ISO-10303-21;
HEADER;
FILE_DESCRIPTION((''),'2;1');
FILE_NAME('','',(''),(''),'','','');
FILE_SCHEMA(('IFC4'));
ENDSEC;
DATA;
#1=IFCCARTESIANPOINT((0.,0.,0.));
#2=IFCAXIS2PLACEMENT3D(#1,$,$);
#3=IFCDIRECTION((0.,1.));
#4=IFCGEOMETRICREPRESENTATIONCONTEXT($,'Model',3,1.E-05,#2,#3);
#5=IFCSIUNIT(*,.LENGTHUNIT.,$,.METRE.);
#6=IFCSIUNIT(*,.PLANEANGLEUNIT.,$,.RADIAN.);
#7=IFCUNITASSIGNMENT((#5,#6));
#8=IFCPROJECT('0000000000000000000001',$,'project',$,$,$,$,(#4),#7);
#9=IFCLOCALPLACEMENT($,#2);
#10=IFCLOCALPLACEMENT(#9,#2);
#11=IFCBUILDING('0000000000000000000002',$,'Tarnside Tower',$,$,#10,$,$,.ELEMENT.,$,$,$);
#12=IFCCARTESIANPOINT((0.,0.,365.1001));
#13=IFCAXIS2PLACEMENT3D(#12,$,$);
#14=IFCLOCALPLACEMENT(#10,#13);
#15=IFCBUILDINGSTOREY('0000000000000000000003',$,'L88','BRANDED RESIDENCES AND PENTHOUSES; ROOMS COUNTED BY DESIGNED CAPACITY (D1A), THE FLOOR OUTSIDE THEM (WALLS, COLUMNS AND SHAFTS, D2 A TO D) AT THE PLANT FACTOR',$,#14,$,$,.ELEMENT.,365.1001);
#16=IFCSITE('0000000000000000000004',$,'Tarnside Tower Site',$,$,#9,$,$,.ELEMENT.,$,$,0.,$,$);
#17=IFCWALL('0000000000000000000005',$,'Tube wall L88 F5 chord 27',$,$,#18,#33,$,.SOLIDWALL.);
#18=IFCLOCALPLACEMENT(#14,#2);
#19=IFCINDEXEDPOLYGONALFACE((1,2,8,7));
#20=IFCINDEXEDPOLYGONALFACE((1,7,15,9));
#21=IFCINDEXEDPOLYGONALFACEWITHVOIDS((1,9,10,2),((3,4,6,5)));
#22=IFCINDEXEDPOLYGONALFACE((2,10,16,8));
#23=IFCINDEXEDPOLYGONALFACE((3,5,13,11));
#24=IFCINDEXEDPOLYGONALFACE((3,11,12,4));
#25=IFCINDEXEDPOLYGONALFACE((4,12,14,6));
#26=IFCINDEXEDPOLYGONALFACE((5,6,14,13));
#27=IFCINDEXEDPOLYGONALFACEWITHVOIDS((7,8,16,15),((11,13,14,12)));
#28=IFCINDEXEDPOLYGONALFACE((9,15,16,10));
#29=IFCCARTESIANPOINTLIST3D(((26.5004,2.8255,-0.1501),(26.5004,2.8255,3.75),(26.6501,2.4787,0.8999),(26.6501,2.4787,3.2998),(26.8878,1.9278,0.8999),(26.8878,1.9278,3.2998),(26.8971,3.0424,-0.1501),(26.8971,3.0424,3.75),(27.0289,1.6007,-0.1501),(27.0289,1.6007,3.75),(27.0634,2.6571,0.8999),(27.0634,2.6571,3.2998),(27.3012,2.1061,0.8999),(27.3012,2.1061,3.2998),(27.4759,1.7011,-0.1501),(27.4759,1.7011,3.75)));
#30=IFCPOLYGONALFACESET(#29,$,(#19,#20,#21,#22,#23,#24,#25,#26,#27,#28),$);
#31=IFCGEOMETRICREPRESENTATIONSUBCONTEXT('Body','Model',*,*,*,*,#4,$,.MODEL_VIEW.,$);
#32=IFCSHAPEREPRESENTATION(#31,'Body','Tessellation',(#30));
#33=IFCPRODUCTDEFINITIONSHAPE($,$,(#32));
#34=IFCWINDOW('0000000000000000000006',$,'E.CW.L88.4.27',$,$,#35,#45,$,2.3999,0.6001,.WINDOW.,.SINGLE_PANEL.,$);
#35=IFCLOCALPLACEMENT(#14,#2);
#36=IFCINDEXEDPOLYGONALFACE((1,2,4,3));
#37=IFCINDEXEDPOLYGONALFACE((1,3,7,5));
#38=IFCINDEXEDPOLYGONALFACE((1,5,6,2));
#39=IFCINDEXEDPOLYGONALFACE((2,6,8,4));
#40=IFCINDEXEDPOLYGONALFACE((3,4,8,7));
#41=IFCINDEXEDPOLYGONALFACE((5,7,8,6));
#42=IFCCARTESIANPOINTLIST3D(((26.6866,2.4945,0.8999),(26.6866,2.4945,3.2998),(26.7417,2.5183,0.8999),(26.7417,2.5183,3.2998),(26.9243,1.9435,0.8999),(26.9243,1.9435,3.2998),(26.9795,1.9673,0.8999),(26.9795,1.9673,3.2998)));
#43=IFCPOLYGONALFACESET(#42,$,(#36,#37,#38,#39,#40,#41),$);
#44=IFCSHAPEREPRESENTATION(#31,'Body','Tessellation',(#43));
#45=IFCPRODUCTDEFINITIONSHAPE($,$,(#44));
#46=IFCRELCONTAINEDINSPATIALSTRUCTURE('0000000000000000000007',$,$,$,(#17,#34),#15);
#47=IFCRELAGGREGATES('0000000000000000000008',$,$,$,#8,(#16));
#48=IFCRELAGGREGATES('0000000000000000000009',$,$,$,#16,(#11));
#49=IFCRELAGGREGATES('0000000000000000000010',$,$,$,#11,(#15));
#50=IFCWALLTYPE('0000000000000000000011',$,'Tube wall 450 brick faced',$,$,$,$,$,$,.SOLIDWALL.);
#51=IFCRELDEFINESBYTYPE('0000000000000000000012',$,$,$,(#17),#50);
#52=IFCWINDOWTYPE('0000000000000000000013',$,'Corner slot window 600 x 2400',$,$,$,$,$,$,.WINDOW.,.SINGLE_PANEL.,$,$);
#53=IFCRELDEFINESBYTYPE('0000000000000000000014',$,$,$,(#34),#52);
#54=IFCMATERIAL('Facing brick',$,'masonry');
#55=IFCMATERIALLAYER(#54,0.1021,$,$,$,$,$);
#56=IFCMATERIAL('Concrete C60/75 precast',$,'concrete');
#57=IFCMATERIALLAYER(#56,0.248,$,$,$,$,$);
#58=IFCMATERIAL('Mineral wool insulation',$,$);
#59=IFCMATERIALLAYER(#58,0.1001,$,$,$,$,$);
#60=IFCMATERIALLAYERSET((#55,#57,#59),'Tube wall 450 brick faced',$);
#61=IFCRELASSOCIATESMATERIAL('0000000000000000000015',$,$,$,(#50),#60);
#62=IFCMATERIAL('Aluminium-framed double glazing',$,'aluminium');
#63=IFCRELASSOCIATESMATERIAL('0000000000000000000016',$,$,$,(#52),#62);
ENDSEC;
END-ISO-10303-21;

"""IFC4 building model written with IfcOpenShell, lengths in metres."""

from ifc_helpers import new_model, si_unit, direction, frame, frame_2d, origin, place, context, subcontext, project, spatial, polyline, rectangle, outline, extrude, material, layer, layer_set, type_object, element, fill, save


model = new_model("IFC4")

# Units and contexts
model_context = context("Model", 3, precision=1e-05, world=origin(), true_north=direction((0.0, 1.0)))
body_context = subcontext(model_context, "Body", "Model", "MODEL_VIEW")
ifc_project = project(units=[si_unit("LENGTHUNIT", "METRE"), si_unit("PLANEANGLEUNIT", "RADIAN")], contexts=[model_context])

# Site, building, storey
site_placement = place(None, origin())
site = spatial("IfcSite", under=ifc_project, at=site_placement, Name="Tarnside Tower Site", CompositionType="ELEMENT", RefElevation=0.0)
building_placement = place(site_placement, origin())
building = spatial("IfcBuilding", under=site, at=building_placement, Name="Tarnside Tower", CompositionType="ELEMENT")
storey_placement = place(building_placement, frame((0.0, 0.0, 365.1001)))
storey = spatial("IfcBuildingStorey", under=building, at=storey_placement, Name="L88", Description="BRANDED RESIDENCES AND PENTHOUSES; ROOMS COUNTED BY DESIGNED CAPACITY (D1A), THE FLOOR OUTSIDE THEM (WALLS, COLUMNS AND SHAFTS, D2 A TO D) AT THE PLANT FACTOR", CompositionType="ELEMENT", Elevation=365.1001)

# Shared definitions
ifc_material_1 = material(Name="Concrete C60/75 precast", Category="concrete")
ifc_material_2 = material(Name="Mineral wool insulation")

# Shared definitions
ifc_material_3 = material(Name="Aluminium-framed double glazing", Category="aluminium")

# Shared definitions
ifc_material_4 = material(Name="Facing brick", Category="masonry")
ifc_layer_1 = layer(ifc_material_4, 0.1021)
ifc_layer_2 = layer(ifc_material_1, 0.248)
ifc_layer_3 = layer(ifc_material_2, 0.1001)
ifc_layer_set_1 = layer_set([ifc_layer_1, ifc_layer_2, ifc_layer_3], Name="Tube wall 450 brick faced")
wall_type_1 = type_object("IfcWallType", Name="Tube wall 450 brick faced", PredefinedType="SOLIDWALL", material=ifc_layer_set_1)

# Wall, opening, window
wall_1_placement = place(storey_placement, frame((27.2524, 1.6509, -0.1501), z_axis=(0.0, 0.0, 1.0), x_axis=(-0.396195, 0.918166, 0.0)))
wall_1 = element("IfcWall", 1, at=wall_1_placement, inside=storey, type_object=wall_type_1, Name="Tube wall L88 F5 chord 27", PredefinedType="SOLIDWALL", context=body_context, shape_type="SweptSolid", body=[
    extrude(outline(polyline([(-0.0425, -0.2251), (1.4185, -0.2251), (1.3765, 0.2251), (0.0425, 0.2251), (-0.0425, -0.2251)])), origin(), (0.0, 0.0, 1.0), 3.9001),
])
opening_1_placement = place(wall_1_placement, frame((0.3987, 0.0, 1.05)))
opening_1 = element("IfcOpeningElement", 2, at=opening_1_placement, cuts=wall_1, PredefinedType="OPENING", context=body_context, shape_type="SweptSolid", body=[
    extrude(rectangle(XDim=0.6001, YDim=2.3999, at=frame_2d((0.3, 1.2))), frame((0.0, 0.2349, 0.0), z_axis=(0.0, -1.0, 0.0), x_axis=(1.0, 0.0, 0.0)), (0.0, 0.0, 1.0), 0.47),
])
window_type_1 = type_object("IfcWindowType", Name="Corner slot window 600 x 2400", PartitioningType="SINGLE_PANEL", PredefinedType="WINDOW", material=ifc_material_3)
window_1_placement = place(opening_1_placement, frame((0.0, 0.1553, 0.0)))
window_1 = element("IfcWindow", 3, at=window_1_placement, inside=storey, type_object=window_type_1, Name="E.CW.L88.4.27", OverallHeight=2.3999, OverallWidth=0.6001, PartitioningType="SINGLE_PANEL", PredefinedType="WINDOW", context=body_context, shape_type="SweptSolid", body=[
    extrude(rectangle(XDim=0.6001, YDim=2.3999, at=frame_2d((0.3, 1.2))), frame((0.0, 0.03, 0.0), z_axis=(0.0, -1.0, 0.0), x_axis=(1.0, 0.0, 0.0)), (0.0, 0.0, 1.0), 0.0601),
])
fill(opening_1, window_1)

save(model, "model.ifc")
